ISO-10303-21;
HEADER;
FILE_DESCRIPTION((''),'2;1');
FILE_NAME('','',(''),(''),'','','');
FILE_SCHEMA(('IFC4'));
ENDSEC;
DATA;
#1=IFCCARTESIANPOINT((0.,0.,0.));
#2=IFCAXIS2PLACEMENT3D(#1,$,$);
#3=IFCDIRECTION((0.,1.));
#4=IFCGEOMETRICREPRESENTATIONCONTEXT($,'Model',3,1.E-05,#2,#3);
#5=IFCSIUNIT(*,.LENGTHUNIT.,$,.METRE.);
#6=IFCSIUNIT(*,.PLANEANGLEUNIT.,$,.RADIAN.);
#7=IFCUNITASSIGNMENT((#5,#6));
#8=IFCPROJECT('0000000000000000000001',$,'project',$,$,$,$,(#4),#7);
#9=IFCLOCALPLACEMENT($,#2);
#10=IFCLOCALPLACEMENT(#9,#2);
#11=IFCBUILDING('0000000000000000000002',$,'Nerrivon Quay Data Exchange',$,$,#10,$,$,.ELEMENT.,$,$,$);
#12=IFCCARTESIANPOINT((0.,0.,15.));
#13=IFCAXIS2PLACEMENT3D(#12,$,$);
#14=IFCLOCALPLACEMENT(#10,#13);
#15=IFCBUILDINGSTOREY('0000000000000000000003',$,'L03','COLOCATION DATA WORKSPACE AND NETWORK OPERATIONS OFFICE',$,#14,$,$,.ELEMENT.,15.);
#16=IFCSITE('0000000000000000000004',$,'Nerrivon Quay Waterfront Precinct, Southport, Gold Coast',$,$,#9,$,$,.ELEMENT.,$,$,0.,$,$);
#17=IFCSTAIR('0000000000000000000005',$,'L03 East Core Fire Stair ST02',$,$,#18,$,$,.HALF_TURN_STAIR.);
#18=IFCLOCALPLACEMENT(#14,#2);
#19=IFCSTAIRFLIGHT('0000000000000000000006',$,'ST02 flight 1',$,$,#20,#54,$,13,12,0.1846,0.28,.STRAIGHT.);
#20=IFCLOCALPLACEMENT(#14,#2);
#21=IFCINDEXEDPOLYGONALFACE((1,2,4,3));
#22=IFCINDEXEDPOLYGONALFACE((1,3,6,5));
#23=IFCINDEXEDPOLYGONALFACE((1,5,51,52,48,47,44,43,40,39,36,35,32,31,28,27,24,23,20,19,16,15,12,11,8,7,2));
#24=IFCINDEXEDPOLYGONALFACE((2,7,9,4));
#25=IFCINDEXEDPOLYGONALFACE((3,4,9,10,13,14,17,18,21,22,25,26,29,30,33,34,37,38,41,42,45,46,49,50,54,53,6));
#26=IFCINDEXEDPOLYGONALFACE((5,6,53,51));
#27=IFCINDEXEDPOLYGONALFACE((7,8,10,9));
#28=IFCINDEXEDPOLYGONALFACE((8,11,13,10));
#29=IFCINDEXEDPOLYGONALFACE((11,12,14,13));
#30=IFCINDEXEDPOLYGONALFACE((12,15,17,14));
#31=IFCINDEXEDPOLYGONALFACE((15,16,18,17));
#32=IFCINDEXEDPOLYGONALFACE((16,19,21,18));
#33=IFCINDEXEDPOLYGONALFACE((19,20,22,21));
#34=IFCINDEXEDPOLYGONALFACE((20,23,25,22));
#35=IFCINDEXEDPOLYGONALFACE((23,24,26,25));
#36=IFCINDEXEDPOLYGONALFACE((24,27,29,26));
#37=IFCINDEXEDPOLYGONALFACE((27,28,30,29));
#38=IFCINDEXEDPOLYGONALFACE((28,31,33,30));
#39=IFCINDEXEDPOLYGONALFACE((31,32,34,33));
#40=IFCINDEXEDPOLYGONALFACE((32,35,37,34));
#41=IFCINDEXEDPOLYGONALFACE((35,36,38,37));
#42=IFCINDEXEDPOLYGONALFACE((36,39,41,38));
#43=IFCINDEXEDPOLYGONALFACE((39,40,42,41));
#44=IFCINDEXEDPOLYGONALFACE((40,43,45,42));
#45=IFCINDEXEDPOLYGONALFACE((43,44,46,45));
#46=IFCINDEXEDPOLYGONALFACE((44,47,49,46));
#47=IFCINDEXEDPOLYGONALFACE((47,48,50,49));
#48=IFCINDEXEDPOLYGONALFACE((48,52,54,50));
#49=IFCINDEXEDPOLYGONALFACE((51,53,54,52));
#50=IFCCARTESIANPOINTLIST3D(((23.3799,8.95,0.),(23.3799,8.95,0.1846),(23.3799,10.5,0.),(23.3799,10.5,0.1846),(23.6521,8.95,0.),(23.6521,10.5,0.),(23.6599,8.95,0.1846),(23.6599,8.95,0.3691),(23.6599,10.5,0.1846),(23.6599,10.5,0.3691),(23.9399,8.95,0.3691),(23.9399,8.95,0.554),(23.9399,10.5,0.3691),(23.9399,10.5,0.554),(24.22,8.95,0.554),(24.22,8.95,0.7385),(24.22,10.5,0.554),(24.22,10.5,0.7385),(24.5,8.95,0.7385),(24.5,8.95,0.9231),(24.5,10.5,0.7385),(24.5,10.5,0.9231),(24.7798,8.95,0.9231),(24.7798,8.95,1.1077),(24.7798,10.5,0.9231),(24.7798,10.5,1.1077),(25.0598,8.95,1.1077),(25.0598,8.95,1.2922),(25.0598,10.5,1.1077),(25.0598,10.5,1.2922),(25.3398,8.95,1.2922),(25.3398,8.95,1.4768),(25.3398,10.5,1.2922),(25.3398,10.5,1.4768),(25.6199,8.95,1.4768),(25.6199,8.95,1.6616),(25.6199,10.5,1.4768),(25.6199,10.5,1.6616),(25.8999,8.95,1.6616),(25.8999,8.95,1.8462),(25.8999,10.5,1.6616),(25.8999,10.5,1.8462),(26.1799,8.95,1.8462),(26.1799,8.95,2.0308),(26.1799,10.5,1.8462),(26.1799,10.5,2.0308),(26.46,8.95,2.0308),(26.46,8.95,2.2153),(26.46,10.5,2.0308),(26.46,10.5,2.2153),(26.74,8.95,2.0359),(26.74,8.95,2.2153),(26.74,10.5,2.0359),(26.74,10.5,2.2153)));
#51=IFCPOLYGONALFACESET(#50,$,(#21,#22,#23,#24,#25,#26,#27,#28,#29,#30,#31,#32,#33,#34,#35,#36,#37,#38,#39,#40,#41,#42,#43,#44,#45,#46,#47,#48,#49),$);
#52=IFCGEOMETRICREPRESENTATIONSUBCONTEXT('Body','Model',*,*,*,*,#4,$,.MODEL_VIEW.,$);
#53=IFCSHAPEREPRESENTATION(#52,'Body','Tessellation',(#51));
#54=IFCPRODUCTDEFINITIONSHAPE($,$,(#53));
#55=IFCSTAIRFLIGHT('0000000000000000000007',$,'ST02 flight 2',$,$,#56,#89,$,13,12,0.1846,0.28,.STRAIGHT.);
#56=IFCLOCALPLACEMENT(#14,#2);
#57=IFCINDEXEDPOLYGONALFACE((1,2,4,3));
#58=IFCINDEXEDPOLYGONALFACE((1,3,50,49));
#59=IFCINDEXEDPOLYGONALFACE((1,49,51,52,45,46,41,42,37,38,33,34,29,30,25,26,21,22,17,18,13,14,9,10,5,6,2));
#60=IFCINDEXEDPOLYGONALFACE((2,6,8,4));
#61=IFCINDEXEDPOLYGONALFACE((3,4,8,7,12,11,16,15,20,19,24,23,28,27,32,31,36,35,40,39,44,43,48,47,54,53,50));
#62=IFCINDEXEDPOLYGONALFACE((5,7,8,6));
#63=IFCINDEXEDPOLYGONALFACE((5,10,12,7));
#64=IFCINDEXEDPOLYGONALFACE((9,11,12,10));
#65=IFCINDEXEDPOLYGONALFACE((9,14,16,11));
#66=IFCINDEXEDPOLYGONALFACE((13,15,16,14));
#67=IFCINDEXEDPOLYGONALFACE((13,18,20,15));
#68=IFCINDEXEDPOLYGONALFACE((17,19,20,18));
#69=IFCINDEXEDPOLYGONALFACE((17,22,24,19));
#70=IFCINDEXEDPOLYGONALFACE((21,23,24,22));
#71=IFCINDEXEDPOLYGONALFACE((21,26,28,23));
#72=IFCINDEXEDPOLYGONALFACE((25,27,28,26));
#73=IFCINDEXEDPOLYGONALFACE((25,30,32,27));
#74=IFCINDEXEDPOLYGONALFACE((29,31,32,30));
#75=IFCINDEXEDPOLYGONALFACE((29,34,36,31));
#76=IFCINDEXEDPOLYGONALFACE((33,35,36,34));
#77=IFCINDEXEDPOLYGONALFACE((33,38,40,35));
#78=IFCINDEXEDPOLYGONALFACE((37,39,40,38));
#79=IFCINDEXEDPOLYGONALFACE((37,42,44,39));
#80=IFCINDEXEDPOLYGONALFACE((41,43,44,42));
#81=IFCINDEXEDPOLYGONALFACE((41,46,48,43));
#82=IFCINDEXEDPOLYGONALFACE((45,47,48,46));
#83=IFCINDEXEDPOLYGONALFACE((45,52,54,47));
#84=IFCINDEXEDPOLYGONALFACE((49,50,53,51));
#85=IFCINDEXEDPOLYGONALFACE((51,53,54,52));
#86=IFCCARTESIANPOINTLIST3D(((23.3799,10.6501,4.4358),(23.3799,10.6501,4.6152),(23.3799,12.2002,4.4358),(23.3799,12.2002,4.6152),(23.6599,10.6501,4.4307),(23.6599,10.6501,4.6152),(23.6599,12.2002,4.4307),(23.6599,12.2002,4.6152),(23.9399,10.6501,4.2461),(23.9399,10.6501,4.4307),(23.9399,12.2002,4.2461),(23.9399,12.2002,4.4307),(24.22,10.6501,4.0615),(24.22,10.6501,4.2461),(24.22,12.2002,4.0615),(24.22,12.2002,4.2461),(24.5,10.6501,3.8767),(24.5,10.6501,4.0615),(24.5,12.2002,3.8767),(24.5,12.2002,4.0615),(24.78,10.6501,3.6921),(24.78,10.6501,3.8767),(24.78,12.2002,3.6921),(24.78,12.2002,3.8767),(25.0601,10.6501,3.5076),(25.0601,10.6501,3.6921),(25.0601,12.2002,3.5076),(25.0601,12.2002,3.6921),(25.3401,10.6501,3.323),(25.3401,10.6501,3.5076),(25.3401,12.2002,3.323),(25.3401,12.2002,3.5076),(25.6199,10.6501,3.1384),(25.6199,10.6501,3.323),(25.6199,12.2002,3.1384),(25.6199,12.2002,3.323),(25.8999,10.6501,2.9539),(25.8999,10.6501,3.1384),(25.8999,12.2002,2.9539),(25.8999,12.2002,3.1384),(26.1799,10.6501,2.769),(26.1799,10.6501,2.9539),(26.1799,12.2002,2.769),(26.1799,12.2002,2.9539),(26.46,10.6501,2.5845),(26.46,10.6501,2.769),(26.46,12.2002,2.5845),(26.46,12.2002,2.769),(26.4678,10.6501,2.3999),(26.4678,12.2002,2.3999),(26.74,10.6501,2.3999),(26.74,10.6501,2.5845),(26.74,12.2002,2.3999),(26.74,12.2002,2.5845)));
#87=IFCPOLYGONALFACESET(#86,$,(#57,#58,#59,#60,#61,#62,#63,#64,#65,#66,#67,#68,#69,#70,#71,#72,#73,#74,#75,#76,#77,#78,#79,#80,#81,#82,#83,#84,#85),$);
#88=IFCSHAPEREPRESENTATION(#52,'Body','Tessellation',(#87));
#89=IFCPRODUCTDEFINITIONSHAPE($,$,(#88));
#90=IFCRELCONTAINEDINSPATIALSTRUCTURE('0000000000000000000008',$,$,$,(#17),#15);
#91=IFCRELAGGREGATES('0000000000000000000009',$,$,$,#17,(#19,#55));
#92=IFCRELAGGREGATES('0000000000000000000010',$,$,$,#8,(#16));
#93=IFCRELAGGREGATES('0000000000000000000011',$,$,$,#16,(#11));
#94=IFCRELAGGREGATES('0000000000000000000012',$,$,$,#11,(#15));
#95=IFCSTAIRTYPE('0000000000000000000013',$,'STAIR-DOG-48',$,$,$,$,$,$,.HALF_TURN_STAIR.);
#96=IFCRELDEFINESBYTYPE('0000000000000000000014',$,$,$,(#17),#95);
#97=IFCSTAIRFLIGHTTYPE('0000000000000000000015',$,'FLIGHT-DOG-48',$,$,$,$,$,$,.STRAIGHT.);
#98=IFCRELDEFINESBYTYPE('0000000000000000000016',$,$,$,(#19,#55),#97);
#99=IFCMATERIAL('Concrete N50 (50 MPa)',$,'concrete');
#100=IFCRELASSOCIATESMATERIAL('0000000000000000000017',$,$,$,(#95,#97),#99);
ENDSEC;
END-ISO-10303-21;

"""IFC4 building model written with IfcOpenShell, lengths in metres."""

from ifc_helpers import new_model, si_unit, direction, frame, origin, place, context, subcontext, project, spatial, polyline, outline, extrude, material, type_object, element, aggregate, save


model = new_model("IFC4")

# Units and contexts
model_context = context("Model", 3, precision=1e-05, world=origin(), true_north=direction((0.0, 1.0)))
body_context = subcontext(model_context, "Body", "Model", "MODEL_VIEW")
ifc_project = project(units=[si_unit("LENGTHUNIT", "METRE"), si_unit("PLANEANGLEUNIT", "RADIAN")], contexts=[model_context])

# Site, building, storey
site_placement = place(None, origin())
site = spatial("IfcSite", under=ifc_project, at=site_placement, Name="Nerrivon Quay Waterfront Precinct, Southport, Gold Coast", CompositionType="ELEMENT", RefElevation=0.0)
building_placement = place(site_placement, origin())
building = spatial("IfcBuilding", under=site, at=building_placement, Name="Nerrivon Quay Data Exchange", CompositionType="ELEMENT")
storey_placement = place(building_placement, frame((0.0, 0.0, 15.0)))
storey = spatial("IfcBuildingStorey", under=building, at=storey_placement, Name="L03", Description="COLOCATION DATA WORKSPACE AND NETWORK OPERATIONS OFFICE", CompositionType="ELEMENT", Elevation=15.0)

# Shared definitions
ifc_material_1 = material(Name="Concrete N50 (50 MPa)", Category="concrete")

# Stair, stair flights
stair_type = type_object("IfcStairType", Name="STAIR-DOG-48", PredefinedType="HALF_TURN_STAIR", material=ifc_material_1)
stair_placement = place(storey_placement, origin())
stair = element("IfcStair", 1, at=stair_placement, inside=storey, type_object=stair_type, Name="L03 East Core Fire Stair ST02", PredefinedType="HALF_TURN_STAIR")
stair_flight_type = type_object("IfcStairFlightType", Name="FLIGHT-DOG-48", PredefinedType="STRAIGHT", material=ifc_material_1)
stair_flight_1_placement = place(storey_placement, frame((23.3799, 9.7251, 0.0), z_axis=(0.0, 0.0, 1.0), x_axis=(1.0, 0.0, 0.0)))
stair_flight_1 = element("IfcStairFlight", 2, at=stair_flight_1_placement, type_object=stair_flight_type, Name="ST02 flight 1", NumberOfRisers=13, NumberOfTreads=12, PredefinedType="STRAIGHT", RiserHeight=0.1846, TreadLength=0.28, context=body_context, shape_type="SweptSolid", body=[
    extrude(outline(polyline([(0.0, 0.0), (0.0, 0.1846), (0.28, 0.1846), (0.28, 0.3691), (0.5601, 0.3691), (0.5601, 0.554), (0.8401, 0.554), (0.8401, 0.7385), (1.1201, 0.7385), (1.1201, 0.9231), (1.3999, 0.9231), (1.3999, 1.1077), (1.6799, 1.1077), (1.6799, 1.2922), (1.96, 1.2922), (1.96, 1.4768), (2.24, 1.4768), (2.24, 1.6616), (2.52, 1.6616), (2.52, 1.8462), (2.8, 1.8462), (2.8, 2.0308), (3.0801, 2.0308), (3.0801, 2.2153), (3.3601, 2.2153), (3.3601, 2.3999), (3.3601, 2.0359), (0.2722, 0.0), (0.0, 0.0)])), frame((0.0, 0.7749, 0.0), z_axis=(0.0, -1.0, 0.0), x_axis=(1.0, 0.0, 0.0)), (0.0, 0.0, 1.0), 1.55),
])
stair_flight_2_placement = place(storey_placement, frame((26.74, 11.425, 2.3999), z_axis=(0.0, 0.0, 1.0), x_axis=(-1.0, 0.0, 0.0)))
stair_flight_2 = element("IfcStairFlight", 3, at=stair_flight_2_placement, type_object=stair_flight_type, Name="ST02 flight 2", NumberOfRisers=13, NumberOfTreads=12, PredefinedType="STRAIGHT", RiserHeight=0.1846, TreadLength=0.28, context=body_context, shape_type="SweptSolid", body=[
    extrude(outline(polyline([(0.0, 0.0), (0.0, 0.1846), (0.28, 0.1846), (0.28, 0.3691), (0.5601, 0.3691), (0.5601, 0.554), (0.8401, 0.554), (0.8401, 0.7385), (1.1201, 0.7385), (1.1201, 0.9231), (1.3999, 0.9231), (1.3999, 1.1077), (1.6799, 1.1077), (1.6799, 1.2922), (1.96, 1.2922), (1.96, 1.4768), (2.24, 1.4768), (2.24, 1.6616), (2.52, 1.6616), (2.52, 1.8462), (2.8, 1.8462), (2.8, 2.0308), (3.0801, 2.0308), (3.0801, 2.2153), (3.3601, 2.2153), (3.3601, 2.3999), (3.3601, 2.0359), (0.2722, 0.0), (0.0, 0.0)])), frame((0.0, 0.7749, 0.0), z_axis=(0.0, -1.0, 0.0), x_axis=(1.0, 0.0, 0.0)), (0.0, 0.0, 1.0), 1.55),
])
aggregate(stair, [stair_flight_1, stair_flight_2])

save(model, "model.ifc")
